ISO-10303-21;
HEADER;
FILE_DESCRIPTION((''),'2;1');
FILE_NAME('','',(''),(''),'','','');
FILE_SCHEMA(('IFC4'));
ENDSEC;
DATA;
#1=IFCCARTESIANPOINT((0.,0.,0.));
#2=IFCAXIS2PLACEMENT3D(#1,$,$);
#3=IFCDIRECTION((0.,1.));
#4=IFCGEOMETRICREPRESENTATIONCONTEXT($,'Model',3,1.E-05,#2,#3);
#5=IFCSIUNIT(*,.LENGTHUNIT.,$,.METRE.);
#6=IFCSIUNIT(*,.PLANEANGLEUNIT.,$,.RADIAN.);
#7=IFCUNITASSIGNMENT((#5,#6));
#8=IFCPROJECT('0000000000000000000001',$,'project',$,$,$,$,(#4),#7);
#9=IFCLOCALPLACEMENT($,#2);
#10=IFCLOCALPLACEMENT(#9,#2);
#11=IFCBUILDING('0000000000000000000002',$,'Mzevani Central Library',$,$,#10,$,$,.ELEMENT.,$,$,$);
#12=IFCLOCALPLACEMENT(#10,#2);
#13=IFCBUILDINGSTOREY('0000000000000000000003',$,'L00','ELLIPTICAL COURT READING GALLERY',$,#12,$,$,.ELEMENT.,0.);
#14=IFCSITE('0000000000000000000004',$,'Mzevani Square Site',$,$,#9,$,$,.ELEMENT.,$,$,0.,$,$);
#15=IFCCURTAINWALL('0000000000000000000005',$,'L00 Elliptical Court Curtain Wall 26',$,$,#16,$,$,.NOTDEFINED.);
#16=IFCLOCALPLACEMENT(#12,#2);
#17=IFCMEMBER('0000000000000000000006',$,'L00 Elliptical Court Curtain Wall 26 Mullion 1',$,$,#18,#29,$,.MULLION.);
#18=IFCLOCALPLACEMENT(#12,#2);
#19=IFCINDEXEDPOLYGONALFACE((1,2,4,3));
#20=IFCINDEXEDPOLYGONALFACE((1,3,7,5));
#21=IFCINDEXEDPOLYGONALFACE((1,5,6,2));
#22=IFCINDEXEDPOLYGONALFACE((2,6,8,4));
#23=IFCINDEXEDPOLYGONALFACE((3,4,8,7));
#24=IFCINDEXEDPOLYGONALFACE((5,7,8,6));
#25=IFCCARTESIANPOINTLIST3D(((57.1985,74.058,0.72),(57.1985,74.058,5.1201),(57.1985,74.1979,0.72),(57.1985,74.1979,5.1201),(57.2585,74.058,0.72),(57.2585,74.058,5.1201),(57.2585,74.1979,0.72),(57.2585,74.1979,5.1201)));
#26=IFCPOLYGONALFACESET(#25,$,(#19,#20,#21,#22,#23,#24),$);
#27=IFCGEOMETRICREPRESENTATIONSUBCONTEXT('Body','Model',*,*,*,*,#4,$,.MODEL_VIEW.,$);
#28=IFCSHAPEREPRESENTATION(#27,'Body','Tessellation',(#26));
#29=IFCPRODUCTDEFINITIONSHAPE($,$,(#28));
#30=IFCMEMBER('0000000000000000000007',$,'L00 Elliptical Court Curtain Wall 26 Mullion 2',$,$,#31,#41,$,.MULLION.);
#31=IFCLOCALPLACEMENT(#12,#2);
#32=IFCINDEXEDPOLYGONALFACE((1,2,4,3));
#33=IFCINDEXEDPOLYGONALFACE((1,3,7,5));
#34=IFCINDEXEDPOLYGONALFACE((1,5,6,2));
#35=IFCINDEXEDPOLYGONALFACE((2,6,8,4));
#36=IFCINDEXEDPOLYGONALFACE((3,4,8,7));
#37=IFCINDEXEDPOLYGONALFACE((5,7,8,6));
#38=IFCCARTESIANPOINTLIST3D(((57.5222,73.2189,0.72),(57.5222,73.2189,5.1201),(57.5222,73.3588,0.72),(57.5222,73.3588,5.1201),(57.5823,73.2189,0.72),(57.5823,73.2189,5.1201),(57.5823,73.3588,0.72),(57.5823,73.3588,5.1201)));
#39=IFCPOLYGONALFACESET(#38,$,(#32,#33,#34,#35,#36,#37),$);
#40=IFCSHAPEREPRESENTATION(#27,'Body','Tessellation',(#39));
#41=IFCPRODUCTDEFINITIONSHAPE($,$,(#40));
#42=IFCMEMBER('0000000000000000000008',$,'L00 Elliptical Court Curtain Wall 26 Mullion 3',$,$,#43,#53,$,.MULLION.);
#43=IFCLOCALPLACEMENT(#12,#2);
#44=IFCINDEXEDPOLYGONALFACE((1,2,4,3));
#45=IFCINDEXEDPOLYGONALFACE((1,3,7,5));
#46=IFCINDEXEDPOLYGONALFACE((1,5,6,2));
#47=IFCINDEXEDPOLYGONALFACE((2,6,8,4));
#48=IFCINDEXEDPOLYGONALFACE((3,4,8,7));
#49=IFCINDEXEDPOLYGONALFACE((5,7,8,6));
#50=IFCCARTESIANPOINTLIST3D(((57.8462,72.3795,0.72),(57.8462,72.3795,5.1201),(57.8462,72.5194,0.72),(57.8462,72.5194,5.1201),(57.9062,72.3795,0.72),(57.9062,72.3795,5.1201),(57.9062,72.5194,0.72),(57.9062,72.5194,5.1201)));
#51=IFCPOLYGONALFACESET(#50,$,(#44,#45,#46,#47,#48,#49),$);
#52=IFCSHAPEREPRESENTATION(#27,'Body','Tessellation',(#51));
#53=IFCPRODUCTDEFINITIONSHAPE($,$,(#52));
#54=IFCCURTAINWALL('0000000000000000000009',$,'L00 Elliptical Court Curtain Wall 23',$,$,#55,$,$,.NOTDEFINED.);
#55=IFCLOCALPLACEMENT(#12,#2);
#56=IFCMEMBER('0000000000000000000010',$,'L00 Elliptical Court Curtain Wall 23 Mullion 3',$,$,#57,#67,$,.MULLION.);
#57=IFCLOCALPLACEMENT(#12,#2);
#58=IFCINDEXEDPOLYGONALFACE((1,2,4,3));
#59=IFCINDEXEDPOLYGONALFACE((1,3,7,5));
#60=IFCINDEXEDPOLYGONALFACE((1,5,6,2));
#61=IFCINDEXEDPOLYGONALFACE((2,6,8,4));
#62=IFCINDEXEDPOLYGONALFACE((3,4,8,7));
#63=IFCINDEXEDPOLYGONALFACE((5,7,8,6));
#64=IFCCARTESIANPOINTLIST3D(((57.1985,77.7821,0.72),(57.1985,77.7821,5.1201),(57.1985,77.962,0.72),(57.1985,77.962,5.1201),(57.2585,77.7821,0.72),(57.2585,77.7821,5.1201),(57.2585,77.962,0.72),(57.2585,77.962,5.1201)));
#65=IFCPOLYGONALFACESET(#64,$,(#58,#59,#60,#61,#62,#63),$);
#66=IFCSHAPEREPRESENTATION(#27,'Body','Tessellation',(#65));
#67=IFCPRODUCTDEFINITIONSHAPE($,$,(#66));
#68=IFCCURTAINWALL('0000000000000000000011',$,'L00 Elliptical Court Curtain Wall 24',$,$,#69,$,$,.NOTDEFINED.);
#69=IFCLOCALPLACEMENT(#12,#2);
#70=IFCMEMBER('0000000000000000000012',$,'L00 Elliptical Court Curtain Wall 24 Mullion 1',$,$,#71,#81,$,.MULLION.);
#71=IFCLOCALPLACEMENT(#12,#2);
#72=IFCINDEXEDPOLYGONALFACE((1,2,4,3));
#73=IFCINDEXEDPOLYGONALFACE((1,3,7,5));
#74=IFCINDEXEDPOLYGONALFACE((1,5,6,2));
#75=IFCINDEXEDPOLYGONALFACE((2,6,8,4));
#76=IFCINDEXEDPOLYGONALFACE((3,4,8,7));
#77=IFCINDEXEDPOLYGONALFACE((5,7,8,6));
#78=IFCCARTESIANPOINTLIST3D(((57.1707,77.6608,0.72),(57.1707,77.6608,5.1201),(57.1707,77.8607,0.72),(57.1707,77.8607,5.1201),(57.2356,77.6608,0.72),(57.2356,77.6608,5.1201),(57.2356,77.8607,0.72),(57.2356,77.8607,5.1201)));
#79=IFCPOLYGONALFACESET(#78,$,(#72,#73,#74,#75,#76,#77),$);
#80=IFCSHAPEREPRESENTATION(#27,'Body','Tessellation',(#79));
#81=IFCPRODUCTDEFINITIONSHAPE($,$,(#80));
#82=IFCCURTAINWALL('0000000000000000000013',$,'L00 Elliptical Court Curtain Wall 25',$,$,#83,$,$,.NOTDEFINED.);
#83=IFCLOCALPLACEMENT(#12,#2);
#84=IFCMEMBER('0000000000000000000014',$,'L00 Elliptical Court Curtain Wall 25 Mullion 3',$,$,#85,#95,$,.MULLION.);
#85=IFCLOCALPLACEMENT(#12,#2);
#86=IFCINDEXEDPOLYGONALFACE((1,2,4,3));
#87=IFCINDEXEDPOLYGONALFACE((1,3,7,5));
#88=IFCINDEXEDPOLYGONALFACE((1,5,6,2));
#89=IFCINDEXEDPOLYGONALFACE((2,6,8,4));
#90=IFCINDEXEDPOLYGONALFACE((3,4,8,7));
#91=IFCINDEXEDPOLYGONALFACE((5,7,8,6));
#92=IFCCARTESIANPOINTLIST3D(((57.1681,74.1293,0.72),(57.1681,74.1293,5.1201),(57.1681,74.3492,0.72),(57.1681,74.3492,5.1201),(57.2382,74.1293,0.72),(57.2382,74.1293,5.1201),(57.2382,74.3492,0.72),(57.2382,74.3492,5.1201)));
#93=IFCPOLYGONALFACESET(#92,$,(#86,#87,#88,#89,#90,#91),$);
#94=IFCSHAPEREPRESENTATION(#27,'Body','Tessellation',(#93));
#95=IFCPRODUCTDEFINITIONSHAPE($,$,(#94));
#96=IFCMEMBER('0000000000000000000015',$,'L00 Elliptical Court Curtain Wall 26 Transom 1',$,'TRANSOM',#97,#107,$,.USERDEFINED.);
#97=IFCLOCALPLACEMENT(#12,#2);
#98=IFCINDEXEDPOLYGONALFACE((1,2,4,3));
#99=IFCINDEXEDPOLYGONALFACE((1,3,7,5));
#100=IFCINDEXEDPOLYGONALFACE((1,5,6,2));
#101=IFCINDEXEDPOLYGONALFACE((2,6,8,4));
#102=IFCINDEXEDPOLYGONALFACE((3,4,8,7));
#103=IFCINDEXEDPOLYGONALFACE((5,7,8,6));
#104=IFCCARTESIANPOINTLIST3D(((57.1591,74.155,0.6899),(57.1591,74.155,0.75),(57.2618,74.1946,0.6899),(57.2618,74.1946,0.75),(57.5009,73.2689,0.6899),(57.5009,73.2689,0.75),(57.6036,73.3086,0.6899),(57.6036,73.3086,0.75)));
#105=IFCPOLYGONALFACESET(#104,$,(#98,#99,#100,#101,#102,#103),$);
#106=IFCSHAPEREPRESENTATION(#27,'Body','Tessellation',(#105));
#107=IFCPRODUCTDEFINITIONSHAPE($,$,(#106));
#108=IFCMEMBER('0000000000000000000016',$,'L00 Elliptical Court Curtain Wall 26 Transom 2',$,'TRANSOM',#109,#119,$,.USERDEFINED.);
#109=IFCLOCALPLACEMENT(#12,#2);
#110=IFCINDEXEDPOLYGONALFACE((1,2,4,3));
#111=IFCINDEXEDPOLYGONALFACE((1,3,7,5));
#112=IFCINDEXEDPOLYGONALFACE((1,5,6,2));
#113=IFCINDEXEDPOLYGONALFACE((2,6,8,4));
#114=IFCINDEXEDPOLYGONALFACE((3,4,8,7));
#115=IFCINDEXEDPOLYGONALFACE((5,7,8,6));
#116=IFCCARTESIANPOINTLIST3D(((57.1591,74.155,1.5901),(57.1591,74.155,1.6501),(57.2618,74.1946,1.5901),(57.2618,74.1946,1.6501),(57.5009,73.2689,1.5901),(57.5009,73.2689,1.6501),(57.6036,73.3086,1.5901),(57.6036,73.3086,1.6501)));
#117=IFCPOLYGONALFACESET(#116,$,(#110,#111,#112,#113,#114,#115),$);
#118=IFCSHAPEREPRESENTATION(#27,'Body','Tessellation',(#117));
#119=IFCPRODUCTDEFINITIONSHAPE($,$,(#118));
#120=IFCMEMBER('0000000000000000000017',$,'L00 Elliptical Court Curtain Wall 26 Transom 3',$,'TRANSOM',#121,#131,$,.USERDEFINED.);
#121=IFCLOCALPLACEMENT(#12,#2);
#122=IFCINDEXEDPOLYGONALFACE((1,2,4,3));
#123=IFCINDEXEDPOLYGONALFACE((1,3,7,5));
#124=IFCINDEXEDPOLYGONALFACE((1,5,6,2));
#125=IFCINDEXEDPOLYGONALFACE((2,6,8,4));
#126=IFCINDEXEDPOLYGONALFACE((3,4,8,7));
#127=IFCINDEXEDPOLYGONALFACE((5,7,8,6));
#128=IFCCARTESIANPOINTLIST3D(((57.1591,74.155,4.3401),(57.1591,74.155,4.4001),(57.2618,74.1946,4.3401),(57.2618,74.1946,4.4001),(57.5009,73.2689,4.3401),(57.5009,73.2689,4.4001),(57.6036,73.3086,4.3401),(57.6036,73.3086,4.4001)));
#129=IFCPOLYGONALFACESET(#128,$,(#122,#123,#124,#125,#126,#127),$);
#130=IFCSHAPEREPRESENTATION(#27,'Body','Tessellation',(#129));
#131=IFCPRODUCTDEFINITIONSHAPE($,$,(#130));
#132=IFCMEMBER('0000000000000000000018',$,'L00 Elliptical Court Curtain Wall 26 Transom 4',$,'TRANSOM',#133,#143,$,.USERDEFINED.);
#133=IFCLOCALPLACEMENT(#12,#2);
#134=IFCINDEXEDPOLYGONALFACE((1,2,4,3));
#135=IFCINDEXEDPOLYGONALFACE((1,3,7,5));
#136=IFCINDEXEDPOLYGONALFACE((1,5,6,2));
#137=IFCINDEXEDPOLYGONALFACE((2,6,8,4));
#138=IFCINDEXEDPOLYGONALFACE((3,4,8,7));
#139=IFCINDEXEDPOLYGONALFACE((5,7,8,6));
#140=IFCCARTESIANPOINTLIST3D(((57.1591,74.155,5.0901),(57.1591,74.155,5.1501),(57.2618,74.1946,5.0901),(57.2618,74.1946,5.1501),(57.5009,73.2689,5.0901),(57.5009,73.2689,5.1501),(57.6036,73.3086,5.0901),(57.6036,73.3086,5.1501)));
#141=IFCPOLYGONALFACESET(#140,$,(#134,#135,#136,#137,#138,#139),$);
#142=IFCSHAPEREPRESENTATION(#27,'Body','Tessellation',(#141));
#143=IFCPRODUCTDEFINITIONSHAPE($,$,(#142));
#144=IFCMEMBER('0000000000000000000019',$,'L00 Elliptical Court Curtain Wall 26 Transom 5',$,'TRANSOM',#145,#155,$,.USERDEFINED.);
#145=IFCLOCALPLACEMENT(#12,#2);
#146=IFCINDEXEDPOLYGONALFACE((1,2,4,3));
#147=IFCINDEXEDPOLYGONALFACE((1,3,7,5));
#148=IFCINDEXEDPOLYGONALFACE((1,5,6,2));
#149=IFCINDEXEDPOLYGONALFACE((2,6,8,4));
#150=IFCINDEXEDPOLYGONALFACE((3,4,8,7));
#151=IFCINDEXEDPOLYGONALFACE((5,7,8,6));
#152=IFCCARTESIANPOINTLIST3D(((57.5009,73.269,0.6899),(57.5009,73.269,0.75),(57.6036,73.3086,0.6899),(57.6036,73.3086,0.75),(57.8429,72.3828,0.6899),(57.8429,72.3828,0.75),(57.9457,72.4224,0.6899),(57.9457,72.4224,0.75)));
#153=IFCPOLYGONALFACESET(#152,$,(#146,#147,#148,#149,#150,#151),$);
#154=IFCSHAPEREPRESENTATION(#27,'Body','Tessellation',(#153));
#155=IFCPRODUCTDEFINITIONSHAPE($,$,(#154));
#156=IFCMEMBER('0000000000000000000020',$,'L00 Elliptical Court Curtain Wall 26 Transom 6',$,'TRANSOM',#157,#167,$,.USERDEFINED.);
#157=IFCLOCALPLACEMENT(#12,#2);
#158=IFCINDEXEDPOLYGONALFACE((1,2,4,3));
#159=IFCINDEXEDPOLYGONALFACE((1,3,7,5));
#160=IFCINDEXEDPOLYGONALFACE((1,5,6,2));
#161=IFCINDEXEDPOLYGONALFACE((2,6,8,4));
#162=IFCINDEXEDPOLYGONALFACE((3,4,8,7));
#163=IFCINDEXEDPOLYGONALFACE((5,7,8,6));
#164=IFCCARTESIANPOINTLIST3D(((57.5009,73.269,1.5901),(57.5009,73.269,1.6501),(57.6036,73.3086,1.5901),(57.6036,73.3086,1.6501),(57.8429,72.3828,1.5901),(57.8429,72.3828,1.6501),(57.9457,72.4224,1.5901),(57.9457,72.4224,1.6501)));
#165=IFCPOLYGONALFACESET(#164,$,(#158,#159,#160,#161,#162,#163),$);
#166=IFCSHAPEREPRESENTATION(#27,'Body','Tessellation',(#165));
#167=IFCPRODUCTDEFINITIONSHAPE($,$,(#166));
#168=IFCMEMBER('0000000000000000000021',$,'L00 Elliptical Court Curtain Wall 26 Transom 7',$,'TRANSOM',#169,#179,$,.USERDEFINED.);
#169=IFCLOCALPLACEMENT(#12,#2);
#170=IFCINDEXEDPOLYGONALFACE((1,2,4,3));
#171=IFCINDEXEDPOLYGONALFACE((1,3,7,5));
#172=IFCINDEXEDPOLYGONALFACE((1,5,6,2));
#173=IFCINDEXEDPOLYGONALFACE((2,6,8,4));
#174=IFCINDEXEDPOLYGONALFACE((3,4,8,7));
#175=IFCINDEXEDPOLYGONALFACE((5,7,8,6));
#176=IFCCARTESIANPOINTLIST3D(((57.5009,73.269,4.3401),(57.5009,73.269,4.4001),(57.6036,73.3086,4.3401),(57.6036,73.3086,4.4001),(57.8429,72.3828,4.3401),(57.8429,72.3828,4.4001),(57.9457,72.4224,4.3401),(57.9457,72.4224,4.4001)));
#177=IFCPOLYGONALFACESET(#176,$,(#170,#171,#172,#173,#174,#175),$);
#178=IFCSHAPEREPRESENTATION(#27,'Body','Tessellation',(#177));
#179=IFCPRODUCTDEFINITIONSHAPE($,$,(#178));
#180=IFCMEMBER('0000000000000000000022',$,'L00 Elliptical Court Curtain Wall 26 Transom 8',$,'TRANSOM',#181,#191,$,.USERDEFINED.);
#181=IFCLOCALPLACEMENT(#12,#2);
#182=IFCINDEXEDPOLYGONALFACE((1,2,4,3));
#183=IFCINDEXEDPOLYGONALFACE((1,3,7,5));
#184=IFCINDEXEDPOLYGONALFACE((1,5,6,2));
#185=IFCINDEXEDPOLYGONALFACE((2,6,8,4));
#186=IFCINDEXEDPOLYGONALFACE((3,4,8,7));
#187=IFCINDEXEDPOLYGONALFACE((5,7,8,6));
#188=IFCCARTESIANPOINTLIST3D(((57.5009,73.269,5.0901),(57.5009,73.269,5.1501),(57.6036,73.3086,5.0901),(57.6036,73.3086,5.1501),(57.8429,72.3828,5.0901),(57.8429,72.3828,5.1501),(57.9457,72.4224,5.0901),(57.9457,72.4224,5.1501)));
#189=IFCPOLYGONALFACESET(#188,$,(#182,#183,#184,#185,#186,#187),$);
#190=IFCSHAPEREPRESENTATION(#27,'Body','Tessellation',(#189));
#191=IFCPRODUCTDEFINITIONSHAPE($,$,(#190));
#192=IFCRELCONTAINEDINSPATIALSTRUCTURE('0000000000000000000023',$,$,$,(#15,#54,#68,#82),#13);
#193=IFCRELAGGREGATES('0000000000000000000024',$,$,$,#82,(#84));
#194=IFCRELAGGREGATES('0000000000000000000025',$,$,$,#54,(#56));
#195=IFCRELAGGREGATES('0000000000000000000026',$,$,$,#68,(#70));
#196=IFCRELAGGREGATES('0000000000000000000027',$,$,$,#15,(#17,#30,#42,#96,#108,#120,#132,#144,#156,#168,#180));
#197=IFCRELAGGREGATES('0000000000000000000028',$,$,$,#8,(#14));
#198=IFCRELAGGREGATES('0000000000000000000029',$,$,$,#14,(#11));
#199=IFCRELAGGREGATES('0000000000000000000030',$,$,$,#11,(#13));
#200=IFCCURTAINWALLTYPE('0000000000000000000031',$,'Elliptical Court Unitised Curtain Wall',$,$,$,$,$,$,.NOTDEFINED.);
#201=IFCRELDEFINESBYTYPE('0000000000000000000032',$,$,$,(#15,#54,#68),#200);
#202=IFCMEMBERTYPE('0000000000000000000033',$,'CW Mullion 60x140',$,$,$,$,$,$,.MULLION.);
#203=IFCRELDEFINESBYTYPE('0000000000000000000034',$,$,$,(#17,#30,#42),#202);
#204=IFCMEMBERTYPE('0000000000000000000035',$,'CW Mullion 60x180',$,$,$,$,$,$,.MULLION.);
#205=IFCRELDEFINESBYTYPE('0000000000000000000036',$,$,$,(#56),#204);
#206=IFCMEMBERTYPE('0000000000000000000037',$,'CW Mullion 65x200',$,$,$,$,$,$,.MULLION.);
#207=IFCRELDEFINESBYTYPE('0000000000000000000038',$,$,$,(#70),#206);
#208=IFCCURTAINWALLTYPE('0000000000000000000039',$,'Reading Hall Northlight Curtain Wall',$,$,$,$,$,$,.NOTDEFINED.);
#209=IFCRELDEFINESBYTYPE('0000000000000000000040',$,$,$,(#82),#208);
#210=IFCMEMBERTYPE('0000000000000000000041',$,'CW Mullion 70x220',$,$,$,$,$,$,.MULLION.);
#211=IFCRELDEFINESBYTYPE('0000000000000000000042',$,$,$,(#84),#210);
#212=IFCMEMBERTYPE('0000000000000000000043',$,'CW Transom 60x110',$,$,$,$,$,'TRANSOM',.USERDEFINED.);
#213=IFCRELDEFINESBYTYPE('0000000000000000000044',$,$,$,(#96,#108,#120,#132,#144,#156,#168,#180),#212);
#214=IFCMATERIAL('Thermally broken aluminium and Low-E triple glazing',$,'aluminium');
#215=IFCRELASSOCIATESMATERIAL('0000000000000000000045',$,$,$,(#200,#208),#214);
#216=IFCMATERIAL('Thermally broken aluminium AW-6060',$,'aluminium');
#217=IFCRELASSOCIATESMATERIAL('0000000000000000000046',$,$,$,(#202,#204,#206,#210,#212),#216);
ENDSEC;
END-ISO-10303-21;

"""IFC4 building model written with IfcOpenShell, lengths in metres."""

from ifc_helpers import new_model, si_unit, direction, frame, origin, origin_2d, place, context, subcontext, project, spatial, rectangle, extrude, material, material_profile, profile_set, type_object, element, aggregate, save


model = new_model("IFC4")

# Units and contexts
model_context = context("Model", 3, precision=1e-05, world=origin(), true_north=direction((0.0, 1.0)))
body_context = subcontext(model_context, "Body", "Model", "MODEL_VIEW")
ifc_project = project(units=[si_unit("LENGTHUNIT", "METRE"), si_unit("PLANEANGLEUNIT", "RADIAN")], contexts=[model_context])

# Site, building, storey
site_placement = place(None, origin())
site = spatial("IfcSite", under=ifc_project, at=site_placement, Name="Mzevani Square Site", CompositionType="ELEMENT", RefElevation=0.0)
building_placement = place(site_placement, origin())
building = spatial("IfcBuilding", under=site, at=building_placement, Name="Mzevani Central Library", CompositionType="ELEMENT")
storey_placement = place(building_placement, origin())
storey = spatial("IfcBuildingStorey", under=building, at=storey_placement, Name="L00", Description="ELLIPTICAL COURT READING GALLERY", CompositionType="ELEMENT", Elevation=0.0)

# Curtain wall, members
ifc_material_1 = material(Name="Thermally broken aluminium and Low-E triple glazing", Category="aluminium")
curtain_wall_type_1 = type_object("IfcCurtainWallType", Name="Elliptical Court Unitised Curtain Wall", PredefinedType="NOTDEFINED", material=ifc_material_1)
curtain_wall_1_placement = place(storey_placement, origin())
curtain_wall_1 = element("IfcCurtainWall", 1, at=curtain_wall_1_placement, inside=storey, type_object=curtain_wall_type_1, Name="L00 Elliptical Court Curtain Wall 26", PredefinedType="NOTDEFINED")
ifc_material_2 = material(Name="Thermally broken aluminium AW-6060", Category="aluminium")
ifc_material_profile_1 = material_profile(ifc_material_2, rectangle(XDim=0.0601, YDim=0.1399, at=origin_2d()), Name="ALU M60x140")
ifc_profile_set_1 = profile_set([ifc_material_profile_1], Name="Thermally broken aluminium AW-6060")
member_type_1 = type_object("IfcMemberType", Name="CW Mullion 60x140", PredefinedType="MULLION", material=ifc_profile_set_1)
member_1_placement = place(storey_placement, frame((57.2285, 74.1279, 0.72), z_axis=(0.0, 0.0, 1.0), x_axis=(1.0, 0.0, 0.0)))
member_1 = element("IfcMember", 2, at=member_1_placement, type_object=member_type_1, Name="L00 Elliptical Court Curtain Wall 26 Mullion 1", PredefinedType="MULLION", context=body_context, shape_type="SweptSolid", body=[
    extrude(rectangle(XDim=0.0601, YDim=0.1399, at=origin_2d()), origin(), (0.0, 0.0, 1.0), 4.4001),
])
member_2_placement = place(storey_placement, frame((57.5522, 73.2888, 0.72), z_axis=(0.0, 0.0, 1.0), x_axis=(1.0, 0.0, 0.0)))
member_2 = element("IfcMember", 3, at=member_2_placement, type_object=member_type_1, Name="L00 Elliptical Court Curtain Wall 26 Mullion 2", PredefinedType="MULLION", context=body_context, shape_type="SweptSolid", body=[
    extrude(rectangle(XDim=0.0601, YDim=0.1399, at=origin_2d()), origin(), (0.0, 0.0, 1.0), 4.4001),
])
member_3_placement = place(storey_placement, frame((57.8762, 72.4495, 0.72), z_axis=(0.0, 0.0, 1.0), x_axis=(1.0, 0.0, 0.0)))
member_3 = element("IfcMember", 4, at=member_3_placement, type_object=member_type_1, Name="L00 Elliptical Court Curtain Wall 26 Mullion 3", PredefinedType="MULLION", context=body_context, shape_type="SweptSolid", body=[
    extrude(rectangle(XDim=0.0601, YDim=0.1399, at=origin_2d()), origin(), (0.0, 0.0, 1.0), 4.4001),
])

# Curtain walls, members
curtain_wall_2_placement = place(storey_placement, origin())
curtain_wall_2 = element("IfcCurtainWall", 5, at=curtain_wall_2_placement, inside=storey, type_object=curtain_wall_type_1, Name="L00 Elliptical Court Curtain Wall 23", PredefinedType="NOTDEFINED")
ifc_material_profile_2 = material_profile(ifc_material_2, rectangle(XDim=0.0601, YDim=0.1799, at=origin_2d()), Name="ALU M60x180")
ifc_profile_set_2 = profile_set([ifc_material_profile_2], Name="Thermally broken aluminium AW-6060")
member_type_2 = type_object("IfcMemberType", Name="CW Mullion 60x180", PredefinedType="MULLION", material=ifc_profile_set_2)
member_4_placement = place(storey_placement, frame((57.2285, 77.8721, 0.72), z_axis=(0.0, 0.0, 1.0), x_axis=(1.0, 0.0, 0.0)))
member_4 = element("IfcMember", 6, at=member_4_placement, type_object=member_type_2, Name="L00 Elliptical Court Curtain Wall 23 Mullion 3", PredefinedType="MULLION", context=body_context, shape_type="SweptSolid", body=[
    extrude(rectangle(XDim=0.0601, YDim=0.1799, at=origin_2d()), origin(), (0.0, 0.0, 1.0), 4.4001),
])
curtain_wall_3_placement = place(storey_placement, origin())
curtain_wall_3 = element("IfcCurtainWall", 7, at=curtain_wall_3_placement, inside=storey, type_object=curtain_wall_type_1, Name="L00 Elliptical Court Curtain Wall 24", PredefinedType="NOTDEFINED")
ifc_material_profile_3 = material_profile(ifc_material_2, rectangle(XDim=0.0649, YDim=0.2, at=origin_2d()), Name="ALU M65x200")
ifc_profile_set_3 = profile_set([ifc_material_profile_3], Name="Thermally broken aluminium AW-6060")
member_type_3 = type_object("IfcMemberType", Name="CW Mullion 65x200", PredefinedType="MULLION", material=ifc_profile_set_3)
member_5_placement = place(storey_placement, frame((57.2031, 77.7607, 0.72), z_axis=(0.0, 0.0, 1.0), x_axis=(1.0, 0.0, 0.0)))
member_5 = element("IfcMember", 8, at=member_5_placement, type_object=member_type_3, Name="L00 Elliptical Court Curtain Wall 24 Mullion 1", PredefinedType="MULLION", context=body_context, shape_type="SweptSolid", body=[
    extrude(rectangle(XDim=0.0649, YDim=0.2, at=origin_2d()), origin(), (0.0, 0.0, 1.0), 4.4001),
])
curtain_wall_type_2 = type_object("IfcCurtainWallType", Name="Reading Hall Northlight Curtain Wall", PredefinedType="NOTDEFINED", material=ifc_material_1)
curtain_wall_4_placement = place(storey_placement, origin())
curtain_wall_4 = element("IfcCurtainWall", 9, at=curtain_wall_4_placement, inside=storey, type_object=curtain_wall_type_2, Name="L00 Elliptical Court Curtain Wall 25", PredefinedType="NOTDEFINED")
ifc_material_profile_4 = material_profile(ifc_material_2, rectangle(XDim=0.0701, YDim=0.22, at=origin_2d()), Name="ALU M70x220")
ifc_profile_set_4 = profile_set([ifc_material_profile_4], Name="Thermally broken aluminium AW-6060")
member_type_4 = type_object("IfcMemberType", Name="CW Mullion 70x220", PredefinedType="MULLION", material=ifc_profile_set_4)
member_6_placement = place(storey_placement, frame((57.2031, 74.2393, 0.72), z_axis=(0.0, 0.0, 1.0), x_axis=(1.0, 0.0, 0.0)))
member_6 = element("IfcMember", 10, at=member_6_placement, type_object=member_type_4, Name="L00 Elliptical Court Curtain Wall 25 Mullion 3", PredefinedType="MULLION", context=body_context, shape_type="SweptSolid", body=[
    extrude(rectangle(XDim=0.0701, YDim=0.22, at=origin_2d()), origin(), (0.0, 0.0, 1.0), 4.4001),
])
aggregate(curtain_wall_4, [member_6])

# Members
ifc_material_profile_5 = material_profile(ifc_material_2, rectangle(XDim=0.1101, YDim=0.0601, at=origin_2d()), Name="ALU T60x110")
ifc_profile_set_5 = profile_set([ifc_material_profile_5], Name="Thermally broken aluminium AW-6060")
member_type_5 = type_object("IfcMemberType", Name="CW Transom 60x110", ElementType="TRANSOM", PredefinedType="USERDEFINED", material=ifc_profile_set_5)
member_7_placement = place(storey_placement, frame((57.2104, 74.1748, 0.72), z_axis=(0.359926, -0.932981, 0.0), x_axis=(0.932981, 0.359926, 0.0)))
member_7 = element("IfcMember", 11, at=member_7_placement, type_object=member_type_5, Name="L00 Elliptical Court Curtain Wall 26 Transom 1", ObjectType="TRANSOM", PredefinedType="USERDEFINED", context=body_context, shape_type="SweptSolid", body=[
    extrude(rectangle(XDim=0.1101, YDim=0.0601, at=origin_2d()), origin(), (0.0, 0.0, 1.0), 0.9497),
])
member_8_placement = place(storey_placement, frame((57.2104, 74.1748, 1.6201), z_axis=(0.359926, -0.932981, 0.0), x_axis=(0.932981, 0.359926, 0.0)))
member_8 = element("IfcMember", 12, at=member_8_placement, type_object=member_type_5, Name="L00 Elliptical Court Curtain Wall 26 Transom 2", ObjectType="TRANSOM", PredefinedType="USERDEFINED", context=body_context, shape_type="SweptSolid", body=[
    extrude(rectangle(XDim=0.1101, YDim=0.0601, at=origin_2d()), origin(), (0.0, 0.0, 1.0), 0.9497),
])
member_9_placement = place(storey_placement, frame((57.2104, 74.1748, 4.3701), z_axis=(0.359926, -0.932981, 0.0), x_axis=(0.932981, 0.359926, 0.0)))
member_9 = element("IfcMember", 13, at=member_9_placement, type_object=member_type_5, Name="L00 Elliptical Court Curtain Wall 26 Transom 3", ObjectType="TRANSOM", PredefinedType="USERDEFINED", context=body_context, shape_type="SweptSolid", body=[
    extrude(rectangle(XDim=0.1101, YDim=0.0601, at=origin_2d()), origin(), (0.0, 0.0, 1.0), 0.9497),
])
member_10_placement = place(storey_placement, frame((57.2104, 74.1748, 5.1201), z_axis=(0.359926, -0.932981, 0.0), x_axis=(0.932981, 0.359926, 0.0)))
member_10 = element("IfcMember", 14, at=member_10_placement, type_object=member_type_5, Name="L00 Elliptical Court Curtain Wall 26 Transom 4", ObjectType="TRANSOM", PredefinedType="USERDEFINED", context=body_context, shape_type="SweptSolid", body=[
    extrude(rectangle(XDim=0.1101, YDim=0.0601, at=origin_2d()), origin(), (0.0, 0.0, 1.0), 0.9497),
])
member_11_placement = place(storey_placement, frame((57.5522, 73.2888, 0.72), z_axis=(0.360064, -0.932928, 0.0), x_axis=(0.932928, 0.360064, 0.0)))
member_11 = element("IfcMember", 15, at=member_11_placement, type_object=member_type_5, Name="L00 Elliptical Court Curtain Wall 26 Transom 5", ObjectType="TRANSOM", PredefinedType="USERDEFINED", context=body_context, shape_type="SweptSolid", body=[
    extrude(rectangle(XDim=0.1101, YDim=0.0601, at=origin_2d()), origin(), (0.0, 0.0, 1.0), 0.95),
])
member_12_placement = place(storey_placement, frame((57.5522, 73.2888, 1.6201), z_axis=(0.360064, -0.932928, 0.0), x_axis=(0.932928, 0.360064, 0.0)))
member_12 = element("IfcMember", 16, at=member_12_placement, type_object=member_type_5, Name="L00 Elliptical Court Curtain Wall 26 Transom 6", ObjectType="TRANSOM", PredefinedType="USERDEFINED", context=body_context, shape_type="SweptSolid", body=[
    extrude(rectangle(XDim=0.1101, YDim=0.0601, at=origin_2d()), origin(), (0.0, 0.0, 1.0), 0.95),
])
member_13_placement = place(storey_placement, frame((57.5522, 73.2888, 4.3701), z_axis=(0.360064, -0.932928, 0.0), x_axis=(0.932928, 0.360064, 0.0)))
member_13 = element("IfcMember", 17, at=member_13_placement, type_object=member_type_5, Name="L00 Elliptical Court Curtain Wall 26 Transom 7", ObjectType="TRANSOM", PredefinedType="USERDEFINED", context=body_context, shape_type="SweptSolid", body=[
    extrude(rectangle(XDim=0.1101, YDim=0.0601, at=origin_2d()), origin(), (0.0, 0.0, 1.0), 0.95),
])
member_14_placement = place(storey_placement, frame((57.5522, 73.2888, 5.1201), z_axis=(0.360064, -0.932928, 0.0), x_axis=(0.932928, 0.360064, 0.0)))
member_14 = element("IfcMember", 18, at=member_14_placement, type_object=member_type_5, Name="L00 Elliptical Court Curtain Wall 26 Transom 8", ObjectType="TRANSOM", PredefinedType="USERDEFINED", context=body_context, shape_type="SweptSolid", body=[
    extrude(rectangle(XDim=0.1101, YDim=0.0601, at=origin_2d()), origin(), (0.0, 0.0, 1.0), 0.95),
])

aggregate(curtain_wall_2, [member_4])
aggregate(curtain_wall_3, [member_5])
aggregate(curtain_wall_1, [member_1, member_2, member_3, member_7, member_8, member_9, member_10, member_11, member_12, member_13, member_14])

save(model, "model.ifc")
